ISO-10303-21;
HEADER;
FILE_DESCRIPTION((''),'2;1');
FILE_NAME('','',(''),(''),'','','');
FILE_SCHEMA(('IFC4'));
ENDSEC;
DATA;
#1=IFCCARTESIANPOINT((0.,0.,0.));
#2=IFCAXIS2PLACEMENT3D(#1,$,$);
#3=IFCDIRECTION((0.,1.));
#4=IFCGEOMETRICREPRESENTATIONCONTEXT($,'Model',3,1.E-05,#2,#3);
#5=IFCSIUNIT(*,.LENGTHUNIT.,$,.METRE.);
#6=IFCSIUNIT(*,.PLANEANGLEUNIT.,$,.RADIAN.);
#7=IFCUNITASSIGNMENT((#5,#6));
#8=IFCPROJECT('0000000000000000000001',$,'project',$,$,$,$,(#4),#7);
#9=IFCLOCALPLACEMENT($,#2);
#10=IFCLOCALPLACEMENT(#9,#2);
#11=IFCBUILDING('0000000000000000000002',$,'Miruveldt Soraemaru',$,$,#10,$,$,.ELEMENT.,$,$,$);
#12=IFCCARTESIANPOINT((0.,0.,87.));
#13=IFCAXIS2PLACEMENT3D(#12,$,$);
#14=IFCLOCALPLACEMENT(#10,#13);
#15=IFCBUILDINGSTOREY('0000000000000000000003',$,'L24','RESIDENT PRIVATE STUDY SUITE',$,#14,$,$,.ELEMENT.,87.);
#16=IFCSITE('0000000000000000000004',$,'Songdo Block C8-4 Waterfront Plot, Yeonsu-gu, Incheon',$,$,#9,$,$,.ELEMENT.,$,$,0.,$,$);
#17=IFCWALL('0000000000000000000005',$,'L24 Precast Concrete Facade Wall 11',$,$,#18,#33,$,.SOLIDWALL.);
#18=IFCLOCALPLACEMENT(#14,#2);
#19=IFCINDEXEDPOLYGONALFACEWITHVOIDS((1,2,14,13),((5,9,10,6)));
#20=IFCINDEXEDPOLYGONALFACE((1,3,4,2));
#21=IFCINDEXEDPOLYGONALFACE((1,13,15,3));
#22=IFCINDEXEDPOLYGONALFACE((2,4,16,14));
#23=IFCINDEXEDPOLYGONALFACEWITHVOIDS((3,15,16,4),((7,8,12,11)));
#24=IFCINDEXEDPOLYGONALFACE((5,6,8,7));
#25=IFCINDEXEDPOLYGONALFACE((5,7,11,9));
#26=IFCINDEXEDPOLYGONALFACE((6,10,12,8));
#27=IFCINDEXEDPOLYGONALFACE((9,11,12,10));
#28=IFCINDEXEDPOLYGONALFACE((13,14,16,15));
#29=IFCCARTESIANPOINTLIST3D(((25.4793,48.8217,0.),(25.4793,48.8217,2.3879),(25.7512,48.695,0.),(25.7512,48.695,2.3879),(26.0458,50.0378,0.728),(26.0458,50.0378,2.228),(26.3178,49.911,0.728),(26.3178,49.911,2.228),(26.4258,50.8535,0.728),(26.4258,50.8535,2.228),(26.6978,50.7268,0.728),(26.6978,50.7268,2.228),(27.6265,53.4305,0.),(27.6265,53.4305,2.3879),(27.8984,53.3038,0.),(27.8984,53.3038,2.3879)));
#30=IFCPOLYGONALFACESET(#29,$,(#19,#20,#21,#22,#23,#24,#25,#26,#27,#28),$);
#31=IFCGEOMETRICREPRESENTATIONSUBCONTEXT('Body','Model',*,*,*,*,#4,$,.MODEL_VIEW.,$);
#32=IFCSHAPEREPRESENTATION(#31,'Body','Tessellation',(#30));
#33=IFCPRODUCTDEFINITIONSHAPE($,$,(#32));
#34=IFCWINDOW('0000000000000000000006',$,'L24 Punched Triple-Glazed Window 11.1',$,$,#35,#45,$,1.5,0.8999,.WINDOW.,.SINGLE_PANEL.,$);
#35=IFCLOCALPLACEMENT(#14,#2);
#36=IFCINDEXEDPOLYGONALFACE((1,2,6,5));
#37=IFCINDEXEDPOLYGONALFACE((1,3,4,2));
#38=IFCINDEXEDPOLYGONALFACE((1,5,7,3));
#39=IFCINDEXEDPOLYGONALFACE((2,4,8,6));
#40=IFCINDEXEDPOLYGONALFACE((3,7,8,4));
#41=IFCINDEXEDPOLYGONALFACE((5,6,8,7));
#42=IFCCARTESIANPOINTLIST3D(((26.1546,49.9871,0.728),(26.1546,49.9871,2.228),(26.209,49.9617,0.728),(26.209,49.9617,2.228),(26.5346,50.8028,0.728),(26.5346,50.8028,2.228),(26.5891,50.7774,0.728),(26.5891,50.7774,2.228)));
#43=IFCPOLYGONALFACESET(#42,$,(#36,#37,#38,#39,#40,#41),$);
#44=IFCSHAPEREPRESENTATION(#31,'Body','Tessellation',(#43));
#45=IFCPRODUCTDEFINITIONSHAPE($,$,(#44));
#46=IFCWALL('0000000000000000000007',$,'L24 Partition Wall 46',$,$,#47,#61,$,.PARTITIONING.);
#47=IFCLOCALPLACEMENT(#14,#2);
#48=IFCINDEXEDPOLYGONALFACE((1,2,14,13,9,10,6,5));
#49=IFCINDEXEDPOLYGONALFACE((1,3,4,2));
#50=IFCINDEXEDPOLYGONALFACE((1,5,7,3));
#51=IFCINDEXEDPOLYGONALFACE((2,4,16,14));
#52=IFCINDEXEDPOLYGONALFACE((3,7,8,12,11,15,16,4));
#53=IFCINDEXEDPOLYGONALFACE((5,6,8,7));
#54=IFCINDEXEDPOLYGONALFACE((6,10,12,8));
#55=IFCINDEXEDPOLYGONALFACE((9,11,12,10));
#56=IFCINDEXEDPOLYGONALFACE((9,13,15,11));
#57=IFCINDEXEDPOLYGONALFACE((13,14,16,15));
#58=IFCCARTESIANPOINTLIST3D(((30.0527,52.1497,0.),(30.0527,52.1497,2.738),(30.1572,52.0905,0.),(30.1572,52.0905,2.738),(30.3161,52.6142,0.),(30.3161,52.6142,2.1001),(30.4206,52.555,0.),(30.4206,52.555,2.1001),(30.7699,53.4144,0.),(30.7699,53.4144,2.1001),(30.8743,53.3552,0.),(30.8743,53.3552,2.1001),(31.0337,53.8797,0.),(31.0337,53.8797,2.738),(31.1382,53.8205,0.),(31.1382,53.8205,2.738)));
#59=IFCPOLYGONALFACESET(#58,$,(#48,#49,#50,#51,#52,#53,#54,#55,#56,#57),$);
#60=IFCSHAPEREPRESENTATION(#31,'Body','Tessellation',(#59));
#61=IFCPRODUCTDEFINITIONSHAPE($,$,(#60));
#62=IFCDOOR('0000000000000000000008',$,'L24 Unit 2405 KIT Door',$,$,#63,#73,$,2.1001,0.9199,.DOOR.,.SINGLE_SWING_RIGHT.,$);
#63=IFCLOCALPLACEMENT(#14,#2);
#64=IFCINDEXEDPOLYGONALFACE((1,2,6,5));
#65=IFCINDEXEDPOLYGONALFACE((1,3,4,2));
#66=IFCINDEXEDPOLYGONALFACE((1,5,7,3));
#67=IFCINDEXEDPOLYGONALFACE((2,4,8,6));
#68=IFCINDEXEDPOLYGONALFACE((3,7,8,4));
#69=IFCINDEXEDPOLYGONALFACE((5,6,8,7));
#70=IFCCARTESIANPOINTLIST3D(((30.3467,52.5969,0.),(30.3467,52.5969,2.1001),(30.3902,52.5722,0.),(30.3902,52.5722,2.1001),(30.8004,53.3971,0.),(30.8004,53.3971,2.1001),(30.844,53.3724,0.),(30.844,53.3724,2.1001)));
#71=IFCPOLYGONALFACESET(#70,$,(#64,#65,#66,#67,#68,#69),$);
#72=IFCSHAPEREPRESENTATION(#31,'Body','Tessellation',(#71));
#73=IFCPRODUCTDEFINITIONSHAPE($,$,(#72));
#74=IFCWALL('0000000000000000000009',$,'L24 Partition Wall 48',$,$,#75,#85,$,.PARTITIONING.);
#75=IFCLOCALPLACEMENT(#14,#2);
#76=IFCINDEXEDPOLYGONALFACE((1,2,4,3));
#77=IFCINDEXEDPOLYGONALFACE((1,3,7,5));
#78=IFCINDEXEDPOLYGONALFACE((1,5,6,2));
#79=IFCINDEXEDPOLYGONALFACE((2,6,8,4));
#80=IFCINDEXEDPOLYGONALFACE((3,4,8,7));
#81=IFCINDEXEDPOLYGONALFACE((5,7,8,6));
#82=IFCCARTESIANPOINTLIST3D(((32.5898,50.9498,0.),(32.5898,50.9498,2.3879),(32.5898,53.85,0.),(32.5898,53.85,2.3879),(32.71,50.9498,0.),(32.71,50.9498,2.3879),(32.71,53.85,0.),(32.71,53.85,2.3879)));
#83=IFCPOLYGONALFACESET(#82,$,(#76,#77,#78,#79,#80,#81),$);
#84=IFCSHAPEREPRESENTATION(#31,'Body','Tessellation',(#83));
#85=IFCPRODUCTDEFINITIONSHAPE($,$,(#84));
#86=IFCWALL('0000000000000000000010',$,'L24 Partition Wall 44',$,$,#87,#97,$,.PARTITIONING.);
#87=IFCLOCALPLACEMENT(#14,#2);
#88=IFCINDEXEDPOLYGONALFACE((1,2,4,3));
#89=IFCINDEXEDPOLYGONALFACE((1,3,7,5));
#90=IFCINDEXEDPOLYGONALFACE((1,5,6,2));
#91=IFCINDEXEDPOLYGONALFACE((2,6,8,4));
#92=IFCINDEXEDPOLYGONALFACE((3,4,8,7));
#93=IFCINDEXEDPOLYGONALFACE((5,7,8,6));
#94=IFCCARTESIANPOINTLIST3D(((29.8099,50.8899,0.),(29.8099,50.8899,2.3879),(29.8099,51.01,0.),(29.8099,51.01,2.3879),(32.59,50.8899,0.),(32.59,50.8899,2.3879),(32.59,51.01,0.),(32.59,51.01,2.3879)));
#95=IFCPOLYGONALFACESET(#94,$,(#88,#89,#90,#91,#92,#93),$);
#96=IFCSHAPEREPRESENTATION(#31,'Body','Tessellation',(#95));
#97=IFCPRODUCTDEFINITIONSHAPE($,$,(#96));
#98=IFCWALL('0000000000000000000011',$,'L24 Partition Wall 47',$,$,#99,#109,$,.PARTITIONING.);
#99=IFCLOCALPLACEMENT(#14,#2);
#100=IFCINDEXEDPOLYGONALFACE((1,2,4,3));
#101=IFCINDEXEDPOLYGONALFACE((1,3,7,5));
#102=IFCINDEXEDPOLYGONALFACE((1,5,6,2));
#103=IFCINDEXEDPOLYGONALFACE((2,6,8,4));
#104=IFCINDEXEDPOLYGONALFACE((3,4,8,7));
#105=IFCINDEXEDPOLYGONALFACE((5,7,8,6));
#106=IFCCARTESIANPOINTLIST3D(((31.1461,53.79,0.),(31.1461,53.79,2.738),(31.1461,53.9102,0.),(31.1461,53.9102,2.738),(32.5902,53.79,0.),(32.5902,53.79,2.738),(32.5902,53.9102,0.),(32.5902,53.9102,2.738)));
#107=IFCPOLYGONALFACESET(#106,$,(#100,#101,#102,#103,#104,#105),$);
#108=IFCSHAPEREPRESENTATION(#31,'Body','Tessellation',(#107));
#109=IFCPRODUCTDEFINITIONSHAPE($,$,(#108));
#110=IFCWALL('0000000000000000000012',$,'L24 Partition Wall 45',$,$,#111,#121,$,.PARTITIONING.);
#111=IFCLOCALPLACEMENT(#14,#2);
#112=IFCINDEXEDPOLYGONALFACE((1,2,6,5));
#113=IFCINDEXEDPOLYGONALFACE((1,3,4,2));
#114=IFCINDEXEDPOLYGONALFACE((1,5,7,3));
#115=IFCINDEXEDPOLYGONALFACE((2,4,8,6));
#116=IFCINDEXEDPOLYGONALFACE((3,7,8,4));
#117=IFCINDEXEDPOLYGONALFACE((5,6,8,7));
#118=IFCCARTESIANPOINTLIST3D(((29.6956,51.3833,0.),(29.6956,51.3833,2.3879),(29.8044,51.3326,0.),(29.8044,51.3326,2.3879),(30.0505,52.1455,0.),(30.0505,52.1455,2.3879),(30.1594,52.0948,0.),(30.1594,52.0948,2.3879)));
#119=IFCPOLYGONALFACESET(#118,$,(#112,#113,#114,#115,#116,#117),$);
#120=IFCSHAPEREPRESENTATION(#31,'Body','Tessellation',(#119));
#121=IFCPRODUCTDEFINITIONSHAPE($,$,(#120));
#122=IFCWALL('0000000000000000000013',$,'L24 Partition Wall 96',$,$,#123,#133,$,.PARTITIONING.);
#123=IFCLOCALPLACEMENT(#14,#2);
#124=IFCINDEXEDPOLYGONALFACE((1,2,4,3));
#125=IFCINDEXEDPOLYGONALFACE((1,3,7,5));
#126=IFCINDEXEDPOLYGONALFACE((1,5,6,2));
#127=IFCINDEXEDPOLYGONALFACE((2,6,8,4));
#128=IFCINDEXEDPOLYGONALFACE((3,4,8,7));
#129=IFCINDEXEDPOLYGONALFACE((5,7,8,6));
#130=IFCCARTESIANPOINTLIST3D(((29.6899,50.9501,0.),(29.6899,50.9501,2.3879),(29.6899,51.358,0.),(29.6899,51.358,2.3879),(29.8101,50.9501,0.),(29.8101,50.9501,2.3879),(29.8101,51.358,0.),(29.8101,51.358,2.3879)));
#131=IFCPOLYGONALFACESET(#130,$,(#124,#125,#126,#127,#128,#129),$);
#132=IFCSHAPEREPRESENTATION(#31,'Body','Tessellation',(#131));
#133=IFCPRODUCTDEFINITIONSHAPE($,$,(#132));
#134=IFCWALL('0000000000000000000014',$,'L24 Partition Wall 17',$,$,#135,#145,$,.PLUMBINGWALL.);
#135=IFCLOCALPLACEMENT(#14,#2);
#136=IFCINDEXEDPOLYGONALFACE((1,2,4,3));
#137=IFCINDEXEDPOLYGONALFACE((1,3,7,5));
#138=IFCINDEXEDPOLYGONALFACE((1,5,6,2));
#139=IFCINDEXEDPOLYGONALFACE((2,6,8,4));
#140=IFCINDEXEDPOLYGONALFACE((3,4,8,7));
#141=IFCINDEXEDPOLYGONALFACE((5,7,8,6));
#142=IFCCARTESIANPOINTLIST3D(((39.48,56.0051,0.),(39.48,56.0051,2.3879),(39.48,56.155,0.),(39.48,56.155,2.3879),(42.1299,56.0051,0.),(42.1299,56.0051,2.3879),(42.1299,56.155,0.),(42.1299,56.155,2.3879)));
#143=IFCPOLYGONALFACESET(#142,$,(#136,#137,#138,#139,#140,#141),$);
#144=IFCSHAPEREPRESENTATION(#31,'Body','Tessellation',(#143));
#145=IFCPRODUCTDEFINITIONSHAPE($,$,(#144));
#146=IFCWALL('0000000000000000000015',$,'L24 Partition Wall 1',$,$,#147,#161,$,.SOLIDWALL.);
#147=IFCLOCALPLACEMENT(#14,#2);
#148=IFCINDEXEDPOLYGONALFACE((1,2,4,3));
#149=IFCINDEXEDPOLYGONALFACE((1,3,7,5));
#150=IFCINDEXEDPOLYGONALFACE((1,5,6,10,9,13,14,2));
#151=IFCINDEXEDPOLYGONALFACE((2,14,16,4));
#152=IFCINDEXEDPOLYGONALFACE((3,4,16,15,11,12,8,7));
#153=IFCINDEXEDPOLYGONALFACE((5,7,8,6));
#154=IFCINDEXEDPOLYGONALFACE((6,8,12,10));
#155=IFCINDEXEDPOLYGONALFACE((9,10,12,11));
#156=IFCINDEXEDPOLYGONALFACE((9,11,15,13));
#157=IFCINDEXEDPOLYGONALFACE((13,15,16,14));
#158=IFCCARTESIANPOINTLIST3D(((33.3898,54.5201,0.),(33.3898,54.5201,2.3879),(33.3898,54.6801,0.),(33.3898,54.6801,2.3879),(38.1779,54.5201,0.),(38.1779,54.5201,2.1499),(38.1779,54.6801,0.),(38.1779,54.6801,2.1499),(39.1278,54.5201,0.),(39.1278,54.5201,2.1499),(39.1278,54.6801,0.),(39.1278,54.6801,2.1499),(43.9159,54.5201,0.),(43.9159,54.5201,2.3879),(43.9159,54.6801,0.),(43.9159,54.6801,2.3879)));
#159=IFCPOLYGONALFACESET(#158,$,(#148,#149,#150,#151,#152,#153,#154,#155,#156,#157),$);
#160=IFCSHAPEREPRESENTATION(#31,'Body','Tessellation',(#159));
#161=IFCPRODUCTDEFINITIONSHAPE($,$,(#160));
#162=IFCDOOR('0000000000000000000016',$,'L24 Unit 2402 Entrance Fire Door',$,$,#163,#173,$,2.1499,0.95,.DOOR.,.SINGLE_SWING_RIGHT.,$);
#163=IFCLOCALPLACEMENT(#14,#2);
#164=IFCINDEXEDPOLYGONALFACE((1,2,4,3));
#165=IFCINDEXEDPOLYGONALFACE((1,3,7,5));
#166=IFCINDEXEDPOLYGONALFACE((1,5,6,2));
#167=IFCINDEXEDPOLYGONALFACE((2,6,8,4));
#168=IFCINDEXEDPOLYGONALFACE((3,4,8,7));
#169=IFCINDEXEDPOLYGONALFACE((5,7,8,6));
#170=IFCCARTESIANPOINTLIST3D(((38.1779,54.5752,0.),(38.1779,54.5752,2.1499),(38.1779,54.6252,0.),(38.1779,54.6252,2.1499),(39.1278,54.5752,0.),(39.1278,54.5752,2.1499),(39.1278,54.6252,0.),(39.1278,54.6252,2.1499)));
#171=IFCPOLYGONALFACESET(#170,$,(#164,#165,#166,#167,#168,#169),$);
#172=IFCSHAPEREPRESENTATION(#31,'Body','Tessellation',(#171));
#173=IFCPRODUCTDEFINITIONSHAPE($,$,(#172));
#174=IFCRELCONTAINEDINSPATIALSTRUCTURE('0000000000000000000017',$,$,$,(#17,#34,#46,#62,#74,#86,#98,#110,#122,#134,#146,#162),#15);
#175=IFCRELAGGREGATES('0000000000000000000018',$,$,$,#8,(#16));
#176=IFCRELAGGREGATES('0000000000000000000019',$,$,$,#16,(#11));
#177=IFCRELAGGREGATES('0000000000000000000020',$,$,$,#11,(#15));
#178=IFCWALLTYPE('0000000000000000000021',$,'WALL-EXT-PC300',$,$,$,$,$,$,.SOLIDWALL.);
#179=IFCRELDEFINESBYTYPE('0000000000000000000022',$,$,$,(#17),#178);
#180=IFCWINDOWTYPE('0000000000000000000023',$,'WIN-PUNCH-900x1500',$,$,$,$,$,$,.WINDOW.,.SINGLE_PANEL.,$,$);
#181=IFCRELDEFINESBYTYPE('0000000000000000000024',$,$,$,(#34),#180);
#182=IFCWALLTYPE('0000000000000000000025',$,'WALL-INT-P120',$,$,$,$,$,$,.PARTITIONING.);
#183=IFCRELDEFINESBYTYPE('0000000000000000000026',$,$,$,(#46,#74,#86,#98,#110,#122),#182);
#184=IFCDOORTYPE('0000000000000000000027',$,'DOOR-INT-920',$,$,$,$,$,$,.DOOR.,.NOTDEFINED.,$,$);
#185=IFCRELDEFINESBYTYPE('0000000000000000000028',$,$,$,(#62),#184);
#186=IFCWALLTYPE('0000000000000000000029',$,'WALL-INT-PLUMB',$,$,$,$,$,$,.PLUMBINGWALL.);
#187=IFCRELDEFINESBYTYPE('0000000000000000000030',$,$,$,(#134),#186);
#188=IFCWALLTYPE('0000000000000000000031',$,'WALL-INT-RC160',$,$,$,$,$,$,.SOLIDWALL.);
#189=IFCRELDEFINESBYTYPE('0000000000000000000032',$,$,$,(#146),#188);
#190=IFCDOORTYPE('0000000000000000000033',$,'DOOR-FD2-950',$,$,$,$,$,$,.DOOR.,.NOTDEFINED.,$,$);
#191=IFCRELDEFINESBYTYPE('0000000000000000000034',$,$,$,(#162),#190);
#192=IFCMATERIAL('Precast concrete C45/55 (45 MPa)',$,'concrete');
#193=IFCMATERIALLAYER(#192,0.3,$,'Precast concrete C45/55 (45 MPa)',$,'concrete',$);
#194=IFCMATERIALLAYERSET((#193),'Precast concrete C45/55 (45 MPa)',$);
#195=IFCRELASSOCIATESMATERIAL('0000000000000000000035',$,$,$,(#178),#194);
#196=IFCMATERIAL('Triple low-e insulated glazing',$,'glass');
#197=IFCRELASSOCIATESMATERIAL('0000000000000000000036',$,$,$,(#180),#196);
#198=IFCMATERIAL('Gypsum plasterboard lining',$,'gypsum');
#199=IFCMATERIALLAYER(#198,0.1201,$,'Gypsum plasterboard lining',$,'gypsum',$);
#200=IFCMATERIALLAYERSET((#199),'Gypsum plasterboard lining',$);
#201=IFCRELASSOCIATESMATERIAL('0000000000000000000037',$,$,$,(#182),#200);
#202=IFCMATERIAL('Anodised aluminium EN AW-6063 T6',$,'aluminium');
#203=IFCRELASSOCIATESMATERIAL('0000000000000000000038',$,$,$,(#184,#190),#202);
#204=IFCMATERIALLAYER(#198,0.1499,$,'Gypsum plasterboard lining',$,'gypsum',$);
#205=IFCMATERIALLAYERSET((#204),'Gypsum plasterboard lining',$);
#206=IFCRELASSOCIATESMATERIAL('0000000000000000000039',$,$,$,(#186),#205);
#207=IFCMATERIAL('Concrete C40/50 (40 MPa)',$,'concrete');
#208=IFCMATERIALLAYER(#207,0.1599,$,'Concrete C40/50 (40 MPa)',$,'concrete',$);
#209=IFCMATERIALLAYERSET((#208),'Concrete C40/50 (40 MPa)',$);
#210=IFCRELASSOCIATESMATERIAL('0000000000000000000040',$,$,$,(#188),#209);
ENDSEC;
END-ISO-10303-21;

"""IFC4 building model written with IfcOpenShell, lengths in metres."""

from ifc_helpers import new_model, si_unit, direction, frame, frame_2d, origin, place, context, subcontext, project, spatial, rectangle, extrude, material, layer, layer_set, type_object, element, fill, save


model = new_model("IFC4")

# Units and contexts
model_context = context("Model", 3, precision=1e-05, world=origin(), true_north=direction((0.0, 1.0)))
body_context = subcontext(model_context, "Body", "Model", "MODEL_VIEW")
ifc_project = project(units=[si_unit("LENGTHUNIT", "METRE"), si_unit("PLANEANGLEUNIT", "RADIAN")], contexts=[model_context])

# Site, building, storey
site_placement = place(None, origin())
site = spatial("IfcSite", under=ifc_project, at=site_placement, Name="Songdo Block C8-4 Waterfront Plot, Yeonsu-gu, Incheon", CompositionType="ELEMENT", RefElevation=0.0)
building_placement = place(site_placement, origin())
building = spatial("IfcBuilding", under=site, at=building_placement, Name="Miruveldt Soraemaru", CompositionType="ELEMENT")
storey_placement = place(building_placement, frame((0.0, 0.0, 87.0)))
storey = spatial("IfcBuildingStorey", under=building, at=storey_placement, Name="L24", Description="RESIDENT PRIVATE STUDY SUITE", CompositionType="ELEMENT", Elevation=87.0)

# Shared definitions
ifc_material_1 = material(Name="Anodised aluminium EN AW-6063 T6", Category="aluminium")

# Wall, opening, window
ifc_material_2 = material(Name="Precast concrete C45/55 (45 MPa)", Category="concrete")
ifc_layer_1 = layer(ifc_material_2, 0.3, Name="Precast concrete C45/55 (45 MPa)", Category="concrete")
ifc_layer_set_1 = layer_set([ifc_layer_1], Name="Precast concrete C45/55 (45 MPa)")
wall_type_1 = type_object("IfcWallType", Name="WALL-EXT-PC300", PredefinedType="SOLIDWALL", material=ifc_layer_set_1)
wall_1_placement = place(storey_placement, frame((27.7625, 53.3672, 0.0), z_axis=(0.0, 0.0, 1.0), x_axis=(-0.422304, -0.906454, 0.0)))
wall_1 = element("IfcWall", 1, at=wall_1_placement, inside=storey, type_object=wall_type_1, Name="L24 Precast Concrete Facade Wall 11", PredefinedType="SOLIDWALL", context=body_context, shape_type="SweptSolid", body=[
    extrude(rectangle(XDim=5.0845, YDim=0.3, at=frame_2d((2.5422, 0.0))), origin(), (0.0, 0.0, 1.0), 2.3879),
])
opening_1_placement = place(wall_1_placement, frame((2.843, 0.0, 0.728)))
opening_1 = element("IfcOpeningElement", 2, at=opening_1_placement, cuts=wall_1, PredefinedType="OPENING", context=body_context, shape_type="SweptSolid", body=[
    extrude(rectangle(XDim=0.8999, YDim=1.5, at=frame_2d((0.45, 0.75))), frame((0.0, 0.1602, 0.0), z_axis=(0.0, -1.0, 0.0), x_axis=(1.0, 0.0, 0.0)), (0.0, 0.0, 1.0), 0.3201),
])
ifc_material_3 = material(Name="Triple low-e insulated glazing", Category="glass")
window_type = type_object("IfcWindowType", Name="WIN-PUNCH-900x1500", PartitioningType="SINGLE_PANEL", PredefinedType="WINDOW", material=ifc_material_3)
window_placement = place(opening_1_placement, origin())
window = element("IfcWindow", 3, at=window_placement, inside=storey, type_object=window_type, Name="L24 Punched Triple-Glazed Window 11.1", OverallHeight=1.5, OverallWidth=0.8999, PartitioningType="SINGLE_PANEL", PredefinedType="WINDOW", context=body_context, shape_type="SweptSolid", body=[
    extrude(rectangle(XDim=0.8999, YDim=1.5, at=frame_2d((0.45, 0.75))), frame((0.0, 0.03, 0.0), z_axis=(0.0, -1.0, 0.0), x_axis=(1.0, 0.0, 0.0)), (0.0, 0.0, 1.0), 0.0601),
])
fill(opening_1, window)

# Wall, opening, door
ifc_material_4 = material(Name="Gypsum plasterboard lining", Category="gypsum")
ifc_layer_2 = layer(ifc_material_4, 0.1201, Name="Gypsum plasterboard lining", Category="gypsum")
ifc_layer_set_2 = layer_set([ifc_layer_2], Name="Gypsum plasterboard lining")
wall_type_2 = type_object("IfcWallType", Name="WALL-INT-P120", PredefinedType="PARTITIONING", material=ifc_layer_set_2)
wall_2_placement = place(storey_placement, frame((30.105, 52.1201, 0.0), z_axis=(0.0, 0.0, 1.0), x_axis=(0.493254, 0.869885, 0.0)))
wall_2 = element("IfcWall", 4, at=wall_2_placement, inside=storey, type_object=wall_type_2, Name="L24 Partition Wall 46", PredefinedType="PARTITIONING", context=body_context, shape_type="SweptSolid", body=[
    extrude(rectangle(XDim=1.9888, YDim=0.1201, at=frame_2d((0.9944, 0.0))), origin(), (0.0, 0.0, 1.0), 2.738),
])
opening_2_placement = place(wall_2_placement, frame((0.5339, 0.0, 0.0)))
opening_2 = element("IfcOpeningElement", 5, at=opening_2_placement, cuts=wall_2, PredefinedType="OPENING", context=body_context, shape_type="SweptSolid", body=[
    extrude(rectangle(XDim=0.9199, YDim=2.1001, at=frame_2d((0.46, 1.05))), frame((0.0, 0.0701, 0.0), z_axis=(0.0, -1.0, 0.0), x_axis=(1.0, 0.0, 0.0)), (0.0, 0.0, 1.0), 0.1401),
])
door_type_1 = type_object("IfcDoorType", Name="DOOR-INT-920", OperationType="NOTDEFINED", PredefinedType="DOOR", material=ifc_material_1)
door_1_placement = place(opening_2_placement, origin())
door_1 = element("IfcDoor", 6, at=door_1_placement, inside=storey, type_object=door_type_1, Name="L24 Unit 2405 KIT Door", OperationType="SINGLE_SWING_RIGHT", OverallHeight=2.1001, OverallWidth=0.9199, PredefinedType="DOOR", context=body_context, shape_type="SweptSolid", body=[
    extrude(rectangle(XDim=0.9199, YDim=2.1001, at=frame_2d((0.46, 1.05))), frame((0.0, 0.0249, 0.0), z_axis=(0.0, -1.0, 0.0), x_axis=(1.0, 0.0, 0.0)), (0.0, 0.0, 1.0), 0.05),
])
fill(opening_2, door_1)

# Walls
wall_3_placement = place(storey_placement, frame((32.6499, 53.8501, 0.0), z_axis=(0.0, 0.0, 1.0), x_axis=(0.0, -1.0, 0.0)))
element("IfcWall", 7, at=wall_3_placement, inside=storey, type_object=wall_type_2, Name="L24 Partition Wall 48", PredefinedType="PARTITIONING", context=body_context, shape_type="SweptSolid", body=[
    extrude(rectangle(XDim=2.9001, YDim=0.1201, at=frame_2d((1.4502, 0.0))), origin(), (0.0, 0.0, 1.0), 2.3879),
])
wall_4_placement = place(storey_placement, frame((32.5901, 50.95, 0.0), z_axis=(0.0, 0.0, 1.0), x_axis=(-1.0, 0.0, 0.0)))
element("IfcWall", 8, at=wall_4_placement, inside=storey, type_object=wall_type_2, Name="L24 Partition Wall 44", PredefinedType="PARTITIONING", context=body_context, shape_type="SweptSolid", body=[
    extrude(rectangle(XDim=2.78, YDim=0.1201, at=frame_2d((1.3901, 0.0))), origin(), (0.0, 0.0, 1.0), 2.3879),
])
wall_5_placement = place(storey_placement, frame((31.146, 53.8501, 0.0), z_axis=(0.0, 0.0, 1.0), x_axis=(1.0, 0.0, 0.0)))
element("IfcWall", 9, at=wall_5_placement, inside=storey, type_object=wall_type_2, Name="L24 Partition Wall 47", PredefinedType="PARTITIONING", context=body_context, shape_type="SweptSolid", body=[
    extrude(rectangle(XDim=1.4441, YDim=0.1201, at=frame_2d((0.7222, 0.0))), origin(), (0.0, 0.0, 1.0), 2.738),
])
wall_6_placement = place(storey_placement, frame((29.75, 51.3579, 0.0), z_axis=(0.0, 0.0, 1.0), x_axis=(0.422186, 0.906509, 0.0)))
element("IfcWall", 10, at=wall_6_placement, inside=storey, type_object=wall_type_2, Name="L24 Partition Wall 45", PredefinedType="PARTITIONING", context=body_context, shape_type="SweptSolid", body=[
    extrude(rectangle(XDim=0.8408, YDim=0.1201, at=frame_2d((0.4204, 0.0))), origin(), (0.0, 0.0, 1.0), 2.3879),
])
wall_7_placement = place(storey_placement, frame((29.75, 50.95, 0.0), z_axis=(0.0, 0.0, 1.0), x_axis=(0.0, 1.0, 0.0)))
element("IfcWall", 11, at=wall_7_placement, inside=storey, type_object=wall_type_2, Name="L24 Partition Wall 96", PredefinedType="PARTITIONING", context=body_context, shape_type="SweptSolid", body=[
    extrude(rectangle(XDim=0.408, YDim=0.1201, at=frame_2d((0.2041, 0.0))), origin(), (0.0, 0.0, 1.0), 2.3879),
])
ifc_layer_3 = layer(ifc_material_4, 0.1499, Name="Gypsum plasterboard lining", Category="gypsum")
ifc_layer_set_3 = layer_set([ifc_layer_3], Name="Gypsum plasterboard lining")
wall_type_3 = type_object("IfcWallType", Name="WALL-INT-PLUMB", PredefinedType="PLUMBINGWALL", material=ifc_layer_set_3)
wall_8_placement = place(storey_placement, frame((39.48, 56.0801, 0.0), z_axis=(0.0, 0.0, 1.0), x_axis=(1.0, 0.0, 0.0)))
element("IfcWall", 12, at=wall_8_placement, inside=storey, type_object=wall_type_3, Name="L24 Partition Wall 17", PredefinedType="PLUMBINGWALL", context=body_context, shape_type="SweptSolid", body=[
    extrude(rectangle(XDim=2.6499, YDim=0.1499, at=frame_2d((1.325, 0.0))), origin(), (0.0, 0.0, 1.0), 2.3879),
])

# Wall, opening, door
ifc_material_5 = material(Name="Concrete C40/50 (40 MPa)", Category="concrete")
ifc_layer_4 = layer(ifc_material_5, 0.1599, Name="Concrete C40/50 (40 MPa)", Category="concrete")
ifc_layer_set_4 = layer_set([ifc_layer_4], Name="Concrete C40/50 (40 MPa)")
wall_type_4 = type_object("IfcWallType", Name="WALL-INT-RC160", PredefinedType="SOLIDWALL", material=ifc_layer_set_4)
wall_9_placement = place(storey_placement, frame((43.916, 54.6001, 0.0), z_axis=(0.0, 0.0, 1.0), x_axis=(-1.0, 0.0, 0.0)))
wall_9 = element("IfcWall", 13, at=wall_9_placement, inside=storey, type_object=wall_type_4, Name="L24 Partition Wall 1", PredefinedType="SOLIDWALL", context=body_context, shape_type="SweptSolid", body=[
    extrude(rectangle(XDim=10.5261, YDim=0.1599, at=frame_2d((5.2632, 0.0))), origin(), (0.0, 0.0, 1.0), 2.3879),
])
opening_3_placement = place(wall_9_placement, frame((4.7881, 0.0, 0.0)))
opening_3 = element("IfcOpeningElement", 14, at=opening_3_placement, cuts=wall_9, PredefinedType="OPENING", context=body_context, shape_type="SweptSolid", body=[
    extrude(rectangle(XDim=0.95, YDim=2.1499, at=frame_2d((0.4751, 1.075))), frame((0.0, 0.0898, 0.0), z_axis=(0.0, -1.0, 0.0), x_axis=(1.0, 0.0, 0.0)), (0.0, 0.0, 1.0), 0.1799),
])
door_type_2 = type_object("IfcDoorType", Name="DOOR-FD2-950", OperationType="NOTDEFINED", PredefinedType="DOOR", material=ifc_material_1)
door_2_placement = place(opening_3_placement, origin())
door_2 = element("IfcDoor", 15, at=door_2_placement, inside=storey, type_object=door_type_2, Name="L24 Unit 2402 Entrance Fire Door", OperationType="SINGLE_SWING_RIGHT", OverallHeight=2.1499, OverallWidth=0.95, PredefinedType="DOOR", context=body_context, shape_type="SweptSolid", body=[
    extrude(rectangle(XDim=0.95, YDim=2.1499, at=frame_2d((0.4751, 1.075))), frame((0.0, 0.0249, 0.0), z_axis=(0.0, -1.0, 0.0), x_axis=(1.0, 0.0, 0.0)), (0.0, 0.0, 1.0), 0.05),
])
fill(opening_3, door_2)

save(model, "model.ifc")
